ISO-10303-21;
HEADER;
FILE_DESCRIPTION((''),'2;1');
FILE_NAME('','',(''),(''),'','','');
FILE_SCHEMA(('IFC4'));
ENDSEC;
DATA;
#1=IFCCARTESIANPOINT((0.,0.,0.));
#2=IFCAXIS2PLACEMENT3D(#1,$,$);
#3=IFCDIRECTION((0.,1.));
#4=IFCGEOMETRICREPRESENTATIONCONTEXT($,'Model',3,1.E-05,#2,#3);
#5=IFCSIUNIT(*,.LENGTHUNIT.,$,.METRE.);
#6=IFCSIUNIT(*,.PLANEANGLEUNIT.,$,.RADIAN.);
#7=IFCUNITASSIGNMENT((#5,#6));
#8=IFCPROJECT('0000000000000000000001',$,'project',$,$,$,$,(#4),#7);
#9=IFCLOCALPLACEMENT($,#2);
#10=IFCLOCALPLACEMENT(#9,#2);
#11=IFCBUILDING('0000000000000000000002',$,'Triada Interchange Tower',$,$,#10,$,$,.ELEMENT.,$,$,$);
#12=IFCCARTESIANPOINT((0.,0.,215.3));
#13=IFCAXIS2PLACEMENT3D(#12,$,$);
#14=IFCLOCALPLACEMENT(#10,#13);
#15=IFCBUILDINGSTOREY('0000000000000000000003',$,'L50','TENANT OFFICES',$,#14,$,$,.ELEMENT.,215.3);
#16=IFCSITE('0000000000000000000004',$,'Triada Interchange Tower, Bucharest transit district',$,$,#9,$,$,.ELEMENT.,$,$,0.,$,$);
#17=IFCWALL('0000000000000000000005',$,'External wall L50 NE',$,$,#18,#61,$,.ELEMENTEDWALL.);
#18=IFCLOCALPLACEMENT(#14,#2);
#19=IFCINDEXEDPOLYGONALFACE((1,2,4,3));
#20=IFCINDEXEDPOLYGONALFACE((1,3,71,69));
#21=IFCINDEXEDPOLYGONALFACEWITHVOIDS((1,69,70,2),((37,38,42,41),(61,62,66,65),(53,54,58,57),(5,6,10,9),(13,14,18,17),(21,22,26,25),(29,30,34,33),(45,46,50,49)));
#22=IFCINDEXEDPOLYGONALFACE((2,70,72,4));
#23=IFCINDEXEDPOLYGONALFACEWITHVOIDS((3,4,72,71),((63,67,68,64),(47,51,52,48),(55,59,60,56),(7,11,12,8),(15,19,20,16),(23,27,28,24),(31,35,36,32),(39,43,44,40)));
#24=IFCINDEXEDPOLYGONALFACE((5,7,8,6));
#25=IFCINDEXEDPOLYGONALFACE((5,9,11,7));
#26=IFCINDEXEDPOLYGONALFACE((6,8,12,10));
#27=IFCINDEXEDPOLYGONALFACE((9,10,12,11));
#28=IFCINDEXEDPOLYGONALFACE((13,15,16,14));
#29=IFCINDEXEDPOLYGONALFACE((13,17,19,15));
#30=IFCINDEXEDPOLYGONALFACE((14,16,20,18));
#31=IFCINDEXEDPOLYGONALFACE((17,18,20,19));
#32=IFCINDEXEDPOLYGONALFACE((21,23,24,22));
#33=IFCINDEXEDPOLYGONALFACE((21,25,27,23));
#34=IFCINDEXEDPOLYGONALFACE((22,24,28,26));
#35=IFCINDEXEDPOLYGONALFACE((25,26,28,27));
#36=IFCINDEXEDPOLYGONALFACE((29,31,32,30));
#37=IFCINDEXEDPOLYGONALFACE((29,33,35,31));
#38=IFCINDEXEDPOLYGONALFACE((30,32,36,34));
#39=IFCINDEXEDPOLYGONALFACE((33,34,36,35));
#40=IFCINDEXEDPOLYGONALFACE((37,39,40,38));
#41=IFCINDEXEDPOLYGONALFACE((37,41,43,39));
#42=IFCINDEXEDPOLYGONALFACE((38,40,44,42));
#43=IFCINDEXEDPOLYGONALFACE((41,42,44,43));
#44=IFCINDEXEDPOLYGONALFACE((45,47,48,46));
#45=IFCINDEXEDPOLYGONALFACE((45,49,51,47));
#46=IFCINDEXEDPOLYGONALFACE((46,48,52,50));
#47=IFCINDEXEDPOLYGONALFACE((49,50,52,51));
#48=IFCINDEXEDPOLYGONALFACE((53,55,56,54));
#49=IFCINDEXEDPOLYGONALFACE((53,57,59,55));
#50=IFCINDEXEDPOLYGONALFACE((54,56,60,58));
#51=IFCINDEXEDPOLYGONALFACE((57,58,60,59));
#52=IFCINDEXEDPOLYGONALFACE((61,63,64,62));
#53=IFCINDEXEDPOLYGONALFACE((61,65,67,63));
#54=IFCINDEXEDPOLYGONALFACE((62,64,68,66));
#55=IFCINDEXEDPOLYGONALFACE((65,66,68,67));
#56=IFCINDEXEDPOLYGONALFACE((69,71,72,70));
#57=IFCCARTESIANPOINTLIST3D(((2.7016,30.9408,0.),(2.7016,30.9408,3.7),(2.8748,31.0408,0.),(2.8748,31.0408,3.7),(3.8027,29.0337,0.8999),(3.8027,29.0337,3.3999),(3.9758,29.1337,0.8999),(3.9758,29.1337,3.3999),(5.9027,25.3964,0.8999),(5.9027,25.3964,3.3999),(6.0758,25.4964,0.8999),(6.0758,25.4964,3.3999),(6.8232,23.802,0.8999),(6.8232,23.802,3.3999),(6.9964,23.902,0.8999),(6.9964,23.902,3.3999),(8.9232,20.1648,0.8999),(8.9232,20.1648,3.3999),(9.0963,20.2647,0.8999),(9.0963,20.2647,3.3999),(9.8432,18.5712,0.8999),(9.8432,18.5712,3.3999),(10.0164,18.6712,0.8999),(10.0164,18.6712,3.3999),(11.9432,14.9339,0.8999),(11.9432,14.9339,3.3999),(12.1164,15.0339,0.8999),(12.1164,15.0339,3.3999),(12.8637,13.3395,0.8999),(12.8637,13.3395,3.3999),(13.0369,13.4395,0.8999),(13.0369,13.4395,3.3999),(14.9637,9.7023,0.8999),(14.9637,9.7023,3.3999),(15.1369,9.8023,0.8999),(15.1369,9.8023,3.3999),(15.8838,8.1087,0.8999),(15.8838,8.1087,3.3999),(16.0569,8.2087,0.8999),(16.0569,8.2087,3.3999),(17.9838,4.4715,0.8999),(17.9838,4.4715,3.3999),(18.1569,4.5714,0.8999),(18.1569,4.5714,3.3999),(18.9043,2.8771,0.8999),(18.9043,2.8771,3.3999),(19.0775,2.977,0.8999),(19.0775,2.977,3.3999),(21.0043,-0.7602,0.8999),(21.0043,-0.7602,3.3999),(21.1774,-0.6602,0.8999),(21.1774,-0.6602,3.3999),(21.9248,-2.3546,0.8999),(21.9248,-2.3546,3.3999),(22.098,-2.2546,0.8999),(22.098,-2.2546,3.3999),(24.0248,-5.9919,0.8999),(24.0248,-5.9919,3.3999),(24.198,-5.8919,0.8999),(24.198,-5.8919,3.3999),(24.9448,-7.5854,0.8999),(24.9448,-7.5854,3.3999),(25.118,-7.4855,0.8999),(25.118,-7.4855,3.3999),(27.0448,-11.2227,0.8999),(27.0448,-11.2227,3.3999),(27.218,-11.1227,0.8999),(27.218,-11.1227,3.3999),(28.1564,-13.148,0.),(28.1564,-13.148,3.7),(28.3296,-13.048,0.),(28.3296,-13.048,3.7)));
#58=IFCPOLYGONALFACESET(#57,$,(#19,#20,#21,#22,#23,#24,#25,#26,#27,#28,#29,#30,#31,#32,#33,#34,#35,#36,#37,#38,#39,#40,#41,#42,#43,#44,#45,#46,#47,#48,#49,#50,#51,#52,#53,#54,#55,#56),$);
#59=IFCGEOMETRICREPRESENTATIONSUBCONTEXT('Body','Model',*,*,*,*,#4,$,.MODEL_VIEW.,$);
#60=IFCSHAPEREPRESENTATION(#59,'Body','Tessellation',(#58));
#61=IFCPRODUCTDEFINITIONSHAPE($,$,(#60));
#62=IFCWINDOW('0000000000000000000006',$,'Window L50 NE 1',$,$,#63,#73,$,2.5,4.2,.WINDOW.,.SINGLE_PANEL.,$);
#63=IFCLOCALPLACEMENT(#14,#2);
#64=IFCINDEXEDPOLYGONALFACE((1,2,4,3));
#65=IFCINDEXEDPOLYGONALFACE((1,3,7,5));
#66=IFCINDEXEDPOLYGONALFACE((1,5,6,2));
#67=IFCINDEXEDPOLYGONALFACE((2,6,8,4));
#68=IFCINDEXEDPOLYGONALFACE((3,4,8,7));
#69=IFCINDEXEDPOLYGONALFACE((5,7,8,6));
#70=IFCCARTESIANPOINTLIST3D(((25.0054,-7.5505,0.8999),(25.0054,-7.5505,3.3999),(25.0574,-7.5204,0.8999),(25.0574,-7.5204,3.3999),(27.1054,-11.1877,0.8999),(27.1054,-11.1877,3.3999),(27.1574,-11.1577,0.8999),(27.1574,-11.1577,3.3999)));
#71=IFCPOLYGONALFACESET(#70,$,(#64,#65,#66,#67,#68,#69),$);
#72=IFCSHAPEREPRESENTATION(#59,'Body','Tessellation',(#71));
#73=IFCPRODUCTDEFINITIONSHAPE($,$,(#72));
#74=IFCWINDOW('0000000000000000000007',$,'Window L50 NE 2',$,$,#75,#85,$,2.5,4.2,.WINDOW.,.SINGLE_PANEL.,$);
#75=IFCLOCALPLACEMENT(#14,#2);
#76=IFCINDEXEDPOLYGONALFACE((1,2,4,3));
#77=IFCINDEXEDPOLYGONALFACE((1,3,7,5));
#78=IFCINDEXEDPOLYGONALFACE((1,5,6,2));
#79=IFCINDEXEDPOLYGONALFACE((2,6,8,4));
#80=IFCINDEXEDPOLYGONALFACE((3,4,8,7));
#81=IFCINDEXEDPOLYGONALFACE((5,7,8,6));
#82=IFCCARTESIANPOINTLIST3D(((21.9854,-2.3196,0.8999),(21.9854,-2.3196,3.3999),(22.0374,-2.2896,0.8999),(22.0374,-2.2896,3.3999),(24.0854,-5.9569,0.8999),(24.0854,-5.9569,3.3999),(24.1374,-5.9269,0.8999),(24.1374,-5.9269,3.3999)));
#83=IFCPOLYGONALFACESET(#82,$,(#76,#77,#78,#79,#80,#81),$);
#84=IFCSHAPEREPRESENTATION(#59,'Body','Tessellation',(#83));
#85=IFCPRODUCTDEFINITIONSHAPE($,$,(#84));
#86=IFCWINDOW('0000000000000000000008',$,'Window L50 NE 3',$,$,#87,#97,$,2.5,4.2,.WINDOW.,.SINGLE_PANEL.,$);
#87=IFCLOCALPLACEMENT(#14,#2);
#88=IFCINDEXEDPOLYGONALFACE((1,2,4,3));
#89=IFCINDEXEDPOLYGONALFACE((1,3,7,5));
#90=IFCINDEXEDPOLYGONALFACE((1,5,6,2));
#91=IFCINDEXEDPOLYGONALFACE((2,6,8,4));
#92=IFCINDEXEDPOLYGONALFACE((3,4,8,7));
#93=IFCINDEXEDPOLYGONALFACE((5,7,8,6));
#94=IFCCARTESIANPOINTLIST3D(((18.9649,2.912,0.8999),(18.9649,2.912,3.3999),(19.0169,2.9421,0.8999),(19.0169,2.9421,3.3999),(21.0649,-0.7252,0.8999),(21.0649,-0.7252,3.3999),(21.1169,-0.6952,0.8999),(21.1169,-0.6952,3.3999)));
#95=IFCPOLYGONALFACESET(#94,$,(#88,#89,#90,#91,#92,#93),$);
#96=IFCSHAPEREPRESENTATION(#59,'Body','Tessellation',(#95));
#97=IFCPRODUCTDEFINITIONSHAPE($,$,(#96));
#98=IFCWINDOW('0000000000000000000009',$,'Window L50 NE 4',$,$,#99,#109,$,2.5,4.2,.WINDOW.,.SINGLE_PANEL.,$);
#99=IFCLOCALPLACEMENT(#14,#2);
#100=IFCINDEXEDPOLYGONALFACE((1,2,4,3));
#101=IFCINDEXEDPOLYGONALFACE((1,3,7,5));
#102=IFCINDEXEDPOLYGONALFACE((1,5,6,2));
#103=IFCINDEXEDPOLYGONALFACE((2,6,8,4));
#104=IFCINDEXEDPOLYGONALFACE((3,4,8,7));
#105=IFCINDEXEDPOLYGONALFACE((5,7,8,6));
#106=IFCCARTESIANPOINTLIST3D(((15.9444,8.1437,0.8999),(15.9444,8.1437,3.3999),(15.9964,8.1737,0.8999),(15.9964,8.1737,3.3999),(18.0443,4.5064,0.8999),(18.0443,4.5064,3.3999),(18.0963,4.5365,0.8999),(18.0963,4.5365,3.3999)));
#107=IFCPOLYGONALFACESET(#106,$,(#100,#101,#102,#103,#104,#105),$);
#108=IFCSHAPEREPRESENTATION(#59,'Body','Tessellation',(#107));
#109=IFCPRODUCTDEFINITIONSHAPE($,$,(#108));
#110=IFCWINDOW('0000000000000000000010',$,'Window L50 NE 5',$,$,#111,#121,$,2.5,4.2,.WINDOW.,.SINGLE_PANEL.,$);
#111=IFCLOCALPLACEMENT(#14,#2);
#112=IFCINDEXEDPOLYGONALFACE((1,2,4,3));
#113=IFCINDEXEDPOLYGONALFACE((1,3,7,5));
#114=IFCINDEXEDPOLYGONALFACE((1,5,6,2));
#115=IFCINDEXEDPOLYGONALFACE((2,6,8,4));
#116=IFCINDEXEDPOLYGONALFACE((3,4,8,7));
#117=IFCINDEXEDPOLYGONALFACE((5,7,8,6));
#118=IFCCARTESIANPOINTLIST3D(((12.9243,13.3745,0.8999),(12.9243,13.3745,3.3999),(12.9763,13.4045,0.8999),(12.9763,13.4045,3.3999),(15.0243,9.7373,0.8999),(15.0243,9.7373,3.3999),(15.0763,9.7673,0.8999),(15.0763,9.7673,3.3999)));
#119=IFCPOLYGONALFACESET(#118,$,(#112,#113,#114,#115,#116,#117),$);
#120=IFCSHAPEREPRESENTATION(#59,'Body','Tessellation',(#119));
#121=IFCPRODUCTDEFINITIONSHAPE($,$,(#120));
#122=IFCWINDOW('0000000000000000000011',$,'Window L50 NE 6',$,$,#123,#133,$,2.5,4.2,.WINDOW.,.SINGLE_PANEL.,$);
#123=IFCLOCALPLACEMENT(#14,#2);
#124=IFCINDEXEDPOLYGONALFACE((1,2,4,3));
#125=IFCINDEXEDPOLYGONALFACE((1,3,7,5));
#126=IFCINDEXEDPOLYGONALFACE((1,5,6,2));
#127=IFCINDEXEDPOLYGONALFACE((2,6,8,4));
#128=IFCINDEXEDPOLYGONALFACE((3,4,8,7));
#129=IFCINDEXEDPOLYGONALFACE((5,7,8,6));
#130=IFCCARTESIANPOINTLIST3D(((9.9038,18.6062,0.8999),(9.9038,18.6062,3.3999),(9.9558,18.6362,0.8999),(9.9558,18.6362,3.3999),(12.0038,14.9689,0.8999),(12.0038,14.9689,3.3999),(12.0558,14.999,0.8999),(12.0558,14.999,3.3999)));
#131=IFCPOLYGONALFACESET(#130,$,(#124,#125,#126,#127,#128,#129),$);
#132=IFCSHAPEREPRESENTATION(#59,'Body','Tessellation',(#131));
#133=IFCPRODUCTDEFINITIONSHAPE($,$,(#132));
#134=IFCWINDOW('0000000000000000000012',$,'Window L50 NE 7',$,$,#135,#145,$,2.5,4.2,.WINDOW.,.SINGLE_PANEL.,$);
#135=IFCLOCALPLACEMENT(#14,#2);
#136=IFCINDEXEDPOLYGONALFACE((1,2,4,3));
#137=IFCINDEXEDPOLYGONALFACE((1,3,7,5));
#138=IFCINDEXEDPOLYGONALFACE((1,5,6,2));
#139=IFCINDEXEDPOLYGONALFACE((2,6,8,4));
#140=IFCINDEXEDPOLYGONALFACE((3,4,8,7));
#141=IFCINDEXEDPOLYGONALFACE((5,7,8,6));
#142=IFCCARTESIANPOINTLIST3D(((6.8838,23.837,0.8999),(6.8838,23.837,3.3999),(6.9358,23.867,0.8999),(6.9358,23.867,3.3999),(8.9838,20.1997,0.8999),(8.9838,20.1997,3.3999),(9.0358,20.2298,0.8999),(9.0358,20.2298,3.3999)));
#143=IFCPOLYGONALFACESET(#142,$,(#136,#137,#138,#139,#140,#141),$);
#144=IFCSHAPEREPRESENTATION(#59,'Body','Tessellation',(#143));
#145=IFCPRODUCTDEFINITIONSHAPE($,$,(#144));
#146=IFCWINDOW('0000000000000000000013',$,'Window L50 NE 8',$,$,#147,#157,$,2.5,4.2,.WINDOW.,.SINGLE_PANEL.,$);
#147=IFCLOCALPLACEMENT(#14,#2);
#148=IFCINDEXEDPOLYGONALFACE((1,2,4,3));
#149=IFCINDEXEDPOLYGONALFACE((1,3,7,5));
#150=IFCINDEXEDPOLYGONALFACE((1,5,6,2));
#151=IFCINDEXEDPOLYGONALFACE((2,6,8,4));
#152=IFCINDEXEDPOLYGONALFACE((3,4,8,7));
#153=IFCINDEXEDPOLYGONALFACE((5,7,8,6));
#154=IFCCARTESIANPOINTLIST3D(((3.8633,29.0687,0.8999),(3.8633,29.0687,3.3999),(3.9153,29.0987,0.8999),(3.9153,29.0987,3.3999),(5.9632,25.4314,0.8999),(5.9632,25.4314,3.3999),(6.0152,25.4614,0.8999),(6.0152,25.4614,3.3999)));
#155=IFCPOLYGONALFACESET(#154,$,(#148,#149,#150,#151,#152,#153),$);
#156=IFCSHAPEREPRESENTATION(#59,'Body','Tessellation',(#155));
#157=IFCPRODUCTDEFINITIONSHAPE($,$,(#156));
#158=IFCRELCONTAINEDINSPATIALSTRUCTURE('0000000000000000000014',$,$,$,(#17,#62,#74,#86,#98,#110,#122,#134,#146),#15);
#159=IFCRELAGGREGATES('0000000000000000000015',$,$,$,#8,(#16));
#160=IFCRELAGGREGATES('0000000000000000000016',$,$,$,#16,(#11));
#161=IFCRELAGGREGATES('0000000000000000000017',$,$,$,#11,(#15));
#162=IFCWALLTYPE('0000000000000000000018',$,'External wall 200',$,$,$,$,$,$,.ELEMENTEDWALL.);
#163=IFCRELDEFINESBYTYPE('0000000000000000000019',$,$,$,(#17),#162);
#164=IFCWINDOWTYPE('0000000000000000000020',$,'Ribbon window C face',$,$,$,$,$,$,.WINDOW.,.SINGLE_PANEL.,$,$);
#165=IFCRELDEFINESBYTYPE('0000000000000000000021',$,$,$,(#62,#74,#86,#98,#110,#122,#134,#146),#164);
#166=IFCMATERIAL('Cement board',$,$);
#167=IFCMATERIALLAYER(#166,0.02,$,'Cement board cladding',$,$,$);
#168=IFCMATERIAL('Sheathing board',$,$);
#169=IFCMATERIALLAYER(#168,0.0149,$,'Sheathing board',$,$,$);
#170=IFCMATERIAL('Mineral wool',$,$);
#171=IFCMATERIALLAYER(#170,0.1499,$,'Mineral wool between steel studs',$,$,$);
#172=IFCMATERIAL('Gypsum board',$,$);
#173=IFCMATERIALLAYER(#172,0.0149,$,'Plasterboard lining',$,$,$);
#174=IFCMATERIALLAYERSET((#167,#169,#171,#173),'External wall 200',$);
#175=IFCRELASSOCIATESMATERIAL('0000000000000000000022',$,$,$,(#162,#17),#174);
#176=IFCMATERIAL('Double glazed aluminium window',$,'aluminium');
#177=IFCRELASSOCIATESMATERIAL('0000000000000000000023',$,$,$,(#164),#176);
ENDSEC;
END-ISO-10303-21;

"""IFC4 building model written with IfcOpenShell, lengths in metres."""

from ifc_helpers import new_model, si_unit, direction, frame, frame_2d, origin, place, context, subcontext, project, spatial, rectangle, extrude, material, layer, layer_set, layer_usage, type_object, element, fill, save


model = new_model("IFC4")

# Units and contexts
model_context = context("Model", 3, precision=1e-05, world=origin(), true_north=direction((0.0, 1.0)))
body_context = subcontext(model_context, "Body", "Model", "MODEL_VIEW")
ifc_project = project(units=[si_unit("LENGTHUNIT", "METRE"), si_unit("PLANEANGLEUNIT", "RADIAN")], contexts=[model_context])

# Site, building, storey
site_placement = place(None, origin())
site = spatial("IfcSite", under=ifc_project, at=site_placement, Name="Triada Interchange Tower, Bucharest transit district", CompositionType="ELEMENT", RefElevation=0.0)
building_placement = place(site_placement, origin())
building = spatial("IfcBuilding", under=site, at=building_placement, Name="Triada Interchange Tower", CompositionType="ELEMENT")
storey_placement = place(building_placement, frame((0.0, 0.0, 215.3)))
storey = spatial("IfcBuildingStorey", under=building, at=storey_placement, Name="L50", Description="TENANT OFFICES", CompositionType="ELEMENT", Elevation=215.3)

# Shared definitions
ifc_material_1 = material(Name="Cement board")
ifc_layer_1 = layer(ifc_material_1, 0.02, Name="Cement board cladding")
ifc_material_2 = material(Name="Sheathing board")
ifc_layer_2 = layer(ifc_material_2, 0.0149, Name="Sheathing board")
ifc_material_3 = material(Name="Mineral wool")
ifc_layer_3 = layer(ifc_material_3, 0.1499, Name="Mineral wool between steel studs")
ifc_material_4 = material(Name="Gypsum board")
ifc_layer_4 = layer(ifc_material_4, 0.0149, Name="Plasterboard lining")
ifc_layer_set_1 = layer_set([ifc_layer_1, ifc_layer_2, ifc_layer_3, ifc_layer_4], Name="External wall 200")
ifc_layer_usage = layer_usage(ifc_layer_set_1, "AXIS2", "POSITIVE", -0.1001)
wall_type = type_object("IfcWallType", Name="External wall 200", PredefinedType="ELEMENTEDWALL", material=ifc_layer_set_1)
ifc_material_5 = material(Name="Double glazed aluminium window", Category="aluminium")

# Wall, openings, windows
wall_1_placement = place(storey_placement, frame((28.2429, -13.0979, 0.0), z_axis=(0.0, 0.0, 1.0), x_axis=(-0.500002, 0.866024, 0.0)))
wall_1 = element("IfcWall", 1, at=wall_1_placement, inside=storey, type_object=wall_type, material=ifc_layer_usage, Name="External wall L50 NE", PredefinedType="ELEMENTEDWALL", context=body_context, shape_type="SweptSolid", body=[
    extrude(rectangle(XDim=50.9094, YDim=0.2, at=frame_2d((25.4546, 0.0))), origin(), (0.0, 0.0, 1.0), 3.7),
])
opening_1_placement = place(wall_1_placement, frame((2.2229, 0.0, 0.8999)))
opening_1 = element("IfcOpeningElement", 2, at=opening_1_placement, cuts=wall_1, PredefinedType="OPENING", context=body_context, shape_type="SweptSolid", body=[
    extrude(rectangle(XDim=4.2, YDim=2.5, at=frame_2d((2.1001, 1.25))), frame((0.0, 0.1099, 0.0), z_axis=(0.0, -1.0, 0.0), x_axis=(1.0, 0.0, 0.0)), (0.0, 0.0, 1.0), 0.22),
])
opening_2_placement = place(wall_1_placement, frame((8.2629, 0.0, 0.8999)))
opening_2 = element("IfcOpeningElement", 3, at=opening_2_placement, cuts=wall_1, PredefinedType="OPENING", context=body_context, shape_type="SweptSolid", body=[
    extrude(rectangle(XDim=4.2, YDim=2.5, at=frame_2d((2.1001, 1.25))), frame((0.0, 0.1099, 0.0), z_axis=(0.0, -1.0, 0.0), x_axis=(1.0, 0.0, 0.0)), (0.0, 0.0, 1.0), 0.22),
])
opening_3_placement = place(wall_1_placement, frame((14.304, 0.0, 0.8999)))
opening_3 = element("IfcOpeningElement", 4, at=opening_3_placement, cuts=wall_1, PredefinedType="OPENING", context=body_context, shape_type="SweptSolid", body=[
    extrude(rectangle(XDim=4.2, YDim=2.5, at=frame_2d((2.1001, 1.25))), frame((0.0, 0.1099, 0.0), z_axis=(0.0, -1.0, 0.0), x_axis=(1.0, 0.0, 0.0)), (0.0, 0.0, 1.0), 0.22),
])
opening_4_placement = place(wall_1_placement, frame((20.345, 0.0, 0.8999)))
opening_4 = element("IfcOpeningElement", 5, at=opening_4_placement, cuts=wall_1, PredefinedType="OPENING", context=body_context, shape_type="SweptSolid", body=[
    extrude(rectangle(XDim=4.2, YDim=2.5, at=frame_2d((2.1001, 1.25))), frame((0.0, 0.1099, 0.0), z_axis=(0.0, -1.0, 0.0), x_axis=(1.0, 0.0, 0.0)), (0.0, 0.0, 1.0), 0.22),
])
opening_5_placement = place(wall_1_placement, frame((26.385, 0.0, 0.8999)))
opening_5 = element("IfcOpeningElement", 6, at=opening_5_placement, cuts=wall_1, PredefinedType="OPENING", context=body_context, shape_type="SweptSolid", body=[
    extrude(rectangle(XDim=4.2, YDim=2.5, at=frame_2d((2.1001, 1.25))), frame((0.0, 0.1099, 0.0), z_axis=(0.0, -1.0, 0.0), x_axis=(1.0, 0.0, 0.0)), (0.0, 0.0, 1.0), 0.22),
])
opening_6_placement = place(wall_1_placement, frame((32.426, 0.0, 0.8999)))
opening_6 = element("IfcOpeningElement", 7, at=opening_6_placement, cuts=wall_1, PredefinedType="OPENING", context=body_context, shape_type="SweptSolid", body=[
    extrude(rectangle(XDim=4.2, YDim=2.5, at=frame_2d((2.1001, 1.25))), frame((0.0, 0.1099, 0.0), z_axis=(0.0, -1.0, 0.0), x_axis=(1.0, 0.0, 0.0)), (0.0, 0.0, 1.0), 0.22),
])
opening_7_placement = place(wall_1_placement, frame((38.4661, 0.0, 0.8999)))
opening_7 = element("IfcOpeningElement", 8, at=opening_7_placement, cuts=wall_1, PredefinedType="OPENING", context=body_context, shape_type="SweptSolid", body=[
    extrude(rectangle(XDim=4.2, YDim=2.5, at=frame_2d((2.1001, 1.25))), frame((0.0, 0.1099, 0.0), z_axis=(0.0, -1.0, 0.0), x_axis=(1.0, 0.0, 0.0)), (0.0, 0.0, 1.0), 0.22),
])
opening_8_placement = place(wall_1_placement, frame((44.5071, 0.0, 0.8999)))
opening_8 = element("IfcOpeningElement", 9, at=opening_8_placement, cuts=wall_1, PredefinedType="OPENING", context=body_context, shape_type="SweptSolid", body=[
    extrude(rectangle(XDim=4.2, YDim=2.5, at=frame_2d((2.1001, 1.25))), frame((0.0, 0.1099, 0.0), z_axis=(0.0, -1.0, 0.0), x_axis=(1.0, 0.0, 0.0)), (0.0, 0.0, 1.0), 0.22),
])
window_type_1 = type_object("IfcWindowType", Name="Ribbon window C face", PartitioningType="SINGLE_PANEL", PredefinedType="WINDOW", material=ifc_material_5)
window_1_placement = place(opening_1_placement, origin())
window_1 = element("IfcWindow", 10, at=window_1_placement, inside=storey, type_object=window_type_1, Name="Window L50 NE 1", OverallHeight=2.5, OverallWidth=4.2, PartitioningType="SINGLE_PANEL", PredefinedType="WINDOW", context=body_context, shape_type="SweptSolid", body=[
    extrude(rectangle(XDim=4.2, YDim=2.5, at=frame_2d((2.1001, 1.25))), frame((0.0, 0.03, 0.0), z_axis=(0.0, -1.0, 0.0), x_axis=(1.0, 0.0, 0.0)), (0.0, 0.0, 1.0), 0.0601),
])
fill(opening_1, window_1)
window_2_placement = place(opening_2_placement, origin())
window_2 = element("IfcWindow", 11, at=window_2_placement, inside=storey, type_object=window_type_1, Name="Window L50 NE 2", OverallHeight=2.5, OverallWidth=4.2, PartitioningType="SINGLE_PANEL", PredefinedType="WINDOW", context=body_context, shape_type="SweptSolid", body=[
    extrude(rectangle(XDim=4.2, YDim=2.5, at=frame_2d((2.1001, 1.25))), frame((0.0, 0.03, 0.0), z_axis=(0.0, -1.0, 0.0), x_axis=(1.0, 0.0, 0.0)), (0.0, 0.0, 1.0), 0.0601),
])
fill(opening_2, window_2)
window_3_placement = place(opening_3_placement, origin())
window_3 = element("IfcWindow", 12, at=window_3_placement, inside=storey, type_object=window_type_1, Name="Window L50 NE 3", OverallHeight=2.5, OverallWidth=4.2, PartitioningType="SINGLE_PANEL", PredefinedType="WINDOW", context=body_context, shape_type="SweptSolid", body=[
    extrude(rectangle(XDim=4.2, YDim=2.5, at=frame_2d((2.1001, 1.25))), frame((0.0, 0.03, 0.0), z_axis=(0.0, -1.0, 0.0), x_axis=(1.0, 0.0, 0.0)), (0.0, 0.0, 1.0), 0.0601),
])
fill(opening_3, window_3)
window_4_placement = place(opening_4_placement, origin())
window_4 = element("IfcWindow", 13, at=window_4_placement, inside=storey, type_object=window_type_1, Name="Window L50 NE 4", OverallHeight=2.5, OverallWidth=4.2, PartitioningType="SINGLE_PANEL", PredefinedType="WINDOW", context=body_context, shape_type="SweptSolid", body=[
    extrude(rectangle(XDim=4.2, YDim=2.5, at=frame_2d((2.1001, 1.25))), frame((0.0, 0.03, 0.0), z_axis=(0.0, -1.0, 0.0), x_axis=(1.0, 0.0, 0.0)), (0.0, 0.0, 1.0), 0.0601),
])
fill(opening_4, window_4)
window_5_placement = place(opening_5_placement, origin())
window_5 = element("IfcWindow", 14, at=window_5_placement, inside=storey, type_object=window_type_1, Name="Window L50 NE 5", OverallHeight=2.5, OverallWidth=4.2, PartitioningType="SINGLE_PANEL", PredefinedType="WINDOW", context=body_context, shape_type="SweptSolid", body=[
    extrude(rectangle(XDim=4.2, YDim=2.5, at=frame_2d((2.1001, 1.25))), frame((0.0, 0.03, 0.0), z_axis=(0.0, -1.0, 0.0), x_axis=(1.0, 0.0, 0.0)), (0.0, 0.0, 1.0), 0.0601),
])
fill(opening_5, window_5)
window_6_placement = place(opening_6_placement, origin())
window_6 = element("IfcWindow", 15, at=window_6_placement, inside=storey, type_object=window_type_1, Name="Window L50 NE 6", OverallHeight=2.5, OverallWidth=4.2, PartitioningType="SINGLE_PANEL", PredefinedType="WINDOW", context=body_context, shape_type="SweptSolid", body=[
    extrude(rectangle(XDim=4.2, YDim=2.5, at=frame_2d((2.1001, 1.25))), frame((0.0, 0.03, 0.0), z_axis=(0.0, -1.0, 0.0), x_axis=(1.0, 0.0, 0.0)), (0.0, 0.0, 1.0), 0.0601),
])
fill(opening_6, window_6)
window_7_placement = place(opening_7_placement, origin())
window_7 = element("IfcWindow", 16, at=window_7_placement, inside=storey, type_object=window_type_1, Name="Window L50 NE 7", OverallHeight=2.5, OverallWidth=4.2, PartitioningType="SINGLE_PANEL", PredefinedType="WINDOW", context=body_context, shape_type="SweptSolid", body=[
    extrude(rectangle(XDim=4.2, YDim=2.5, at=frame_2d((2.1001, 1.25))), frame((0.0, 0.03, 0.0), z_axis=(0.0, -1.0, 0.0), x_axis=(1.0, 0.0, 0.0)), (0.0, 0.0, 1.0), 0.0601),
])
fill(opening_7, window_7)
window_8_placement = place(opening_8_placement, origin())
window_8 = element("IfcWindow", 17, at=window_8_placement, inside=storey, type_object=window_type_1, Name="Window L50 NE 8", OverallHeight=2.5, OverallWidth=4.2, PartitioningType="SINGLE_PANEL", PredefinedType="WINDOW", context=body_context, shape_type="SweptSolid", body=[
    extrude(rectangle(XDim=4.2, YDim=2.5, at=frame_2d((2.1001, 1.25))), frame((0.0, 0.03, 0.0), z_axis=(0.0, -1.0, 0.0), x_axis=(1.0, 0.0, 0.0)), (0.0, 0.0, 1.0), 0.0601),
])
fill(opening_8, window_8)

save(model, "model.ifc")
